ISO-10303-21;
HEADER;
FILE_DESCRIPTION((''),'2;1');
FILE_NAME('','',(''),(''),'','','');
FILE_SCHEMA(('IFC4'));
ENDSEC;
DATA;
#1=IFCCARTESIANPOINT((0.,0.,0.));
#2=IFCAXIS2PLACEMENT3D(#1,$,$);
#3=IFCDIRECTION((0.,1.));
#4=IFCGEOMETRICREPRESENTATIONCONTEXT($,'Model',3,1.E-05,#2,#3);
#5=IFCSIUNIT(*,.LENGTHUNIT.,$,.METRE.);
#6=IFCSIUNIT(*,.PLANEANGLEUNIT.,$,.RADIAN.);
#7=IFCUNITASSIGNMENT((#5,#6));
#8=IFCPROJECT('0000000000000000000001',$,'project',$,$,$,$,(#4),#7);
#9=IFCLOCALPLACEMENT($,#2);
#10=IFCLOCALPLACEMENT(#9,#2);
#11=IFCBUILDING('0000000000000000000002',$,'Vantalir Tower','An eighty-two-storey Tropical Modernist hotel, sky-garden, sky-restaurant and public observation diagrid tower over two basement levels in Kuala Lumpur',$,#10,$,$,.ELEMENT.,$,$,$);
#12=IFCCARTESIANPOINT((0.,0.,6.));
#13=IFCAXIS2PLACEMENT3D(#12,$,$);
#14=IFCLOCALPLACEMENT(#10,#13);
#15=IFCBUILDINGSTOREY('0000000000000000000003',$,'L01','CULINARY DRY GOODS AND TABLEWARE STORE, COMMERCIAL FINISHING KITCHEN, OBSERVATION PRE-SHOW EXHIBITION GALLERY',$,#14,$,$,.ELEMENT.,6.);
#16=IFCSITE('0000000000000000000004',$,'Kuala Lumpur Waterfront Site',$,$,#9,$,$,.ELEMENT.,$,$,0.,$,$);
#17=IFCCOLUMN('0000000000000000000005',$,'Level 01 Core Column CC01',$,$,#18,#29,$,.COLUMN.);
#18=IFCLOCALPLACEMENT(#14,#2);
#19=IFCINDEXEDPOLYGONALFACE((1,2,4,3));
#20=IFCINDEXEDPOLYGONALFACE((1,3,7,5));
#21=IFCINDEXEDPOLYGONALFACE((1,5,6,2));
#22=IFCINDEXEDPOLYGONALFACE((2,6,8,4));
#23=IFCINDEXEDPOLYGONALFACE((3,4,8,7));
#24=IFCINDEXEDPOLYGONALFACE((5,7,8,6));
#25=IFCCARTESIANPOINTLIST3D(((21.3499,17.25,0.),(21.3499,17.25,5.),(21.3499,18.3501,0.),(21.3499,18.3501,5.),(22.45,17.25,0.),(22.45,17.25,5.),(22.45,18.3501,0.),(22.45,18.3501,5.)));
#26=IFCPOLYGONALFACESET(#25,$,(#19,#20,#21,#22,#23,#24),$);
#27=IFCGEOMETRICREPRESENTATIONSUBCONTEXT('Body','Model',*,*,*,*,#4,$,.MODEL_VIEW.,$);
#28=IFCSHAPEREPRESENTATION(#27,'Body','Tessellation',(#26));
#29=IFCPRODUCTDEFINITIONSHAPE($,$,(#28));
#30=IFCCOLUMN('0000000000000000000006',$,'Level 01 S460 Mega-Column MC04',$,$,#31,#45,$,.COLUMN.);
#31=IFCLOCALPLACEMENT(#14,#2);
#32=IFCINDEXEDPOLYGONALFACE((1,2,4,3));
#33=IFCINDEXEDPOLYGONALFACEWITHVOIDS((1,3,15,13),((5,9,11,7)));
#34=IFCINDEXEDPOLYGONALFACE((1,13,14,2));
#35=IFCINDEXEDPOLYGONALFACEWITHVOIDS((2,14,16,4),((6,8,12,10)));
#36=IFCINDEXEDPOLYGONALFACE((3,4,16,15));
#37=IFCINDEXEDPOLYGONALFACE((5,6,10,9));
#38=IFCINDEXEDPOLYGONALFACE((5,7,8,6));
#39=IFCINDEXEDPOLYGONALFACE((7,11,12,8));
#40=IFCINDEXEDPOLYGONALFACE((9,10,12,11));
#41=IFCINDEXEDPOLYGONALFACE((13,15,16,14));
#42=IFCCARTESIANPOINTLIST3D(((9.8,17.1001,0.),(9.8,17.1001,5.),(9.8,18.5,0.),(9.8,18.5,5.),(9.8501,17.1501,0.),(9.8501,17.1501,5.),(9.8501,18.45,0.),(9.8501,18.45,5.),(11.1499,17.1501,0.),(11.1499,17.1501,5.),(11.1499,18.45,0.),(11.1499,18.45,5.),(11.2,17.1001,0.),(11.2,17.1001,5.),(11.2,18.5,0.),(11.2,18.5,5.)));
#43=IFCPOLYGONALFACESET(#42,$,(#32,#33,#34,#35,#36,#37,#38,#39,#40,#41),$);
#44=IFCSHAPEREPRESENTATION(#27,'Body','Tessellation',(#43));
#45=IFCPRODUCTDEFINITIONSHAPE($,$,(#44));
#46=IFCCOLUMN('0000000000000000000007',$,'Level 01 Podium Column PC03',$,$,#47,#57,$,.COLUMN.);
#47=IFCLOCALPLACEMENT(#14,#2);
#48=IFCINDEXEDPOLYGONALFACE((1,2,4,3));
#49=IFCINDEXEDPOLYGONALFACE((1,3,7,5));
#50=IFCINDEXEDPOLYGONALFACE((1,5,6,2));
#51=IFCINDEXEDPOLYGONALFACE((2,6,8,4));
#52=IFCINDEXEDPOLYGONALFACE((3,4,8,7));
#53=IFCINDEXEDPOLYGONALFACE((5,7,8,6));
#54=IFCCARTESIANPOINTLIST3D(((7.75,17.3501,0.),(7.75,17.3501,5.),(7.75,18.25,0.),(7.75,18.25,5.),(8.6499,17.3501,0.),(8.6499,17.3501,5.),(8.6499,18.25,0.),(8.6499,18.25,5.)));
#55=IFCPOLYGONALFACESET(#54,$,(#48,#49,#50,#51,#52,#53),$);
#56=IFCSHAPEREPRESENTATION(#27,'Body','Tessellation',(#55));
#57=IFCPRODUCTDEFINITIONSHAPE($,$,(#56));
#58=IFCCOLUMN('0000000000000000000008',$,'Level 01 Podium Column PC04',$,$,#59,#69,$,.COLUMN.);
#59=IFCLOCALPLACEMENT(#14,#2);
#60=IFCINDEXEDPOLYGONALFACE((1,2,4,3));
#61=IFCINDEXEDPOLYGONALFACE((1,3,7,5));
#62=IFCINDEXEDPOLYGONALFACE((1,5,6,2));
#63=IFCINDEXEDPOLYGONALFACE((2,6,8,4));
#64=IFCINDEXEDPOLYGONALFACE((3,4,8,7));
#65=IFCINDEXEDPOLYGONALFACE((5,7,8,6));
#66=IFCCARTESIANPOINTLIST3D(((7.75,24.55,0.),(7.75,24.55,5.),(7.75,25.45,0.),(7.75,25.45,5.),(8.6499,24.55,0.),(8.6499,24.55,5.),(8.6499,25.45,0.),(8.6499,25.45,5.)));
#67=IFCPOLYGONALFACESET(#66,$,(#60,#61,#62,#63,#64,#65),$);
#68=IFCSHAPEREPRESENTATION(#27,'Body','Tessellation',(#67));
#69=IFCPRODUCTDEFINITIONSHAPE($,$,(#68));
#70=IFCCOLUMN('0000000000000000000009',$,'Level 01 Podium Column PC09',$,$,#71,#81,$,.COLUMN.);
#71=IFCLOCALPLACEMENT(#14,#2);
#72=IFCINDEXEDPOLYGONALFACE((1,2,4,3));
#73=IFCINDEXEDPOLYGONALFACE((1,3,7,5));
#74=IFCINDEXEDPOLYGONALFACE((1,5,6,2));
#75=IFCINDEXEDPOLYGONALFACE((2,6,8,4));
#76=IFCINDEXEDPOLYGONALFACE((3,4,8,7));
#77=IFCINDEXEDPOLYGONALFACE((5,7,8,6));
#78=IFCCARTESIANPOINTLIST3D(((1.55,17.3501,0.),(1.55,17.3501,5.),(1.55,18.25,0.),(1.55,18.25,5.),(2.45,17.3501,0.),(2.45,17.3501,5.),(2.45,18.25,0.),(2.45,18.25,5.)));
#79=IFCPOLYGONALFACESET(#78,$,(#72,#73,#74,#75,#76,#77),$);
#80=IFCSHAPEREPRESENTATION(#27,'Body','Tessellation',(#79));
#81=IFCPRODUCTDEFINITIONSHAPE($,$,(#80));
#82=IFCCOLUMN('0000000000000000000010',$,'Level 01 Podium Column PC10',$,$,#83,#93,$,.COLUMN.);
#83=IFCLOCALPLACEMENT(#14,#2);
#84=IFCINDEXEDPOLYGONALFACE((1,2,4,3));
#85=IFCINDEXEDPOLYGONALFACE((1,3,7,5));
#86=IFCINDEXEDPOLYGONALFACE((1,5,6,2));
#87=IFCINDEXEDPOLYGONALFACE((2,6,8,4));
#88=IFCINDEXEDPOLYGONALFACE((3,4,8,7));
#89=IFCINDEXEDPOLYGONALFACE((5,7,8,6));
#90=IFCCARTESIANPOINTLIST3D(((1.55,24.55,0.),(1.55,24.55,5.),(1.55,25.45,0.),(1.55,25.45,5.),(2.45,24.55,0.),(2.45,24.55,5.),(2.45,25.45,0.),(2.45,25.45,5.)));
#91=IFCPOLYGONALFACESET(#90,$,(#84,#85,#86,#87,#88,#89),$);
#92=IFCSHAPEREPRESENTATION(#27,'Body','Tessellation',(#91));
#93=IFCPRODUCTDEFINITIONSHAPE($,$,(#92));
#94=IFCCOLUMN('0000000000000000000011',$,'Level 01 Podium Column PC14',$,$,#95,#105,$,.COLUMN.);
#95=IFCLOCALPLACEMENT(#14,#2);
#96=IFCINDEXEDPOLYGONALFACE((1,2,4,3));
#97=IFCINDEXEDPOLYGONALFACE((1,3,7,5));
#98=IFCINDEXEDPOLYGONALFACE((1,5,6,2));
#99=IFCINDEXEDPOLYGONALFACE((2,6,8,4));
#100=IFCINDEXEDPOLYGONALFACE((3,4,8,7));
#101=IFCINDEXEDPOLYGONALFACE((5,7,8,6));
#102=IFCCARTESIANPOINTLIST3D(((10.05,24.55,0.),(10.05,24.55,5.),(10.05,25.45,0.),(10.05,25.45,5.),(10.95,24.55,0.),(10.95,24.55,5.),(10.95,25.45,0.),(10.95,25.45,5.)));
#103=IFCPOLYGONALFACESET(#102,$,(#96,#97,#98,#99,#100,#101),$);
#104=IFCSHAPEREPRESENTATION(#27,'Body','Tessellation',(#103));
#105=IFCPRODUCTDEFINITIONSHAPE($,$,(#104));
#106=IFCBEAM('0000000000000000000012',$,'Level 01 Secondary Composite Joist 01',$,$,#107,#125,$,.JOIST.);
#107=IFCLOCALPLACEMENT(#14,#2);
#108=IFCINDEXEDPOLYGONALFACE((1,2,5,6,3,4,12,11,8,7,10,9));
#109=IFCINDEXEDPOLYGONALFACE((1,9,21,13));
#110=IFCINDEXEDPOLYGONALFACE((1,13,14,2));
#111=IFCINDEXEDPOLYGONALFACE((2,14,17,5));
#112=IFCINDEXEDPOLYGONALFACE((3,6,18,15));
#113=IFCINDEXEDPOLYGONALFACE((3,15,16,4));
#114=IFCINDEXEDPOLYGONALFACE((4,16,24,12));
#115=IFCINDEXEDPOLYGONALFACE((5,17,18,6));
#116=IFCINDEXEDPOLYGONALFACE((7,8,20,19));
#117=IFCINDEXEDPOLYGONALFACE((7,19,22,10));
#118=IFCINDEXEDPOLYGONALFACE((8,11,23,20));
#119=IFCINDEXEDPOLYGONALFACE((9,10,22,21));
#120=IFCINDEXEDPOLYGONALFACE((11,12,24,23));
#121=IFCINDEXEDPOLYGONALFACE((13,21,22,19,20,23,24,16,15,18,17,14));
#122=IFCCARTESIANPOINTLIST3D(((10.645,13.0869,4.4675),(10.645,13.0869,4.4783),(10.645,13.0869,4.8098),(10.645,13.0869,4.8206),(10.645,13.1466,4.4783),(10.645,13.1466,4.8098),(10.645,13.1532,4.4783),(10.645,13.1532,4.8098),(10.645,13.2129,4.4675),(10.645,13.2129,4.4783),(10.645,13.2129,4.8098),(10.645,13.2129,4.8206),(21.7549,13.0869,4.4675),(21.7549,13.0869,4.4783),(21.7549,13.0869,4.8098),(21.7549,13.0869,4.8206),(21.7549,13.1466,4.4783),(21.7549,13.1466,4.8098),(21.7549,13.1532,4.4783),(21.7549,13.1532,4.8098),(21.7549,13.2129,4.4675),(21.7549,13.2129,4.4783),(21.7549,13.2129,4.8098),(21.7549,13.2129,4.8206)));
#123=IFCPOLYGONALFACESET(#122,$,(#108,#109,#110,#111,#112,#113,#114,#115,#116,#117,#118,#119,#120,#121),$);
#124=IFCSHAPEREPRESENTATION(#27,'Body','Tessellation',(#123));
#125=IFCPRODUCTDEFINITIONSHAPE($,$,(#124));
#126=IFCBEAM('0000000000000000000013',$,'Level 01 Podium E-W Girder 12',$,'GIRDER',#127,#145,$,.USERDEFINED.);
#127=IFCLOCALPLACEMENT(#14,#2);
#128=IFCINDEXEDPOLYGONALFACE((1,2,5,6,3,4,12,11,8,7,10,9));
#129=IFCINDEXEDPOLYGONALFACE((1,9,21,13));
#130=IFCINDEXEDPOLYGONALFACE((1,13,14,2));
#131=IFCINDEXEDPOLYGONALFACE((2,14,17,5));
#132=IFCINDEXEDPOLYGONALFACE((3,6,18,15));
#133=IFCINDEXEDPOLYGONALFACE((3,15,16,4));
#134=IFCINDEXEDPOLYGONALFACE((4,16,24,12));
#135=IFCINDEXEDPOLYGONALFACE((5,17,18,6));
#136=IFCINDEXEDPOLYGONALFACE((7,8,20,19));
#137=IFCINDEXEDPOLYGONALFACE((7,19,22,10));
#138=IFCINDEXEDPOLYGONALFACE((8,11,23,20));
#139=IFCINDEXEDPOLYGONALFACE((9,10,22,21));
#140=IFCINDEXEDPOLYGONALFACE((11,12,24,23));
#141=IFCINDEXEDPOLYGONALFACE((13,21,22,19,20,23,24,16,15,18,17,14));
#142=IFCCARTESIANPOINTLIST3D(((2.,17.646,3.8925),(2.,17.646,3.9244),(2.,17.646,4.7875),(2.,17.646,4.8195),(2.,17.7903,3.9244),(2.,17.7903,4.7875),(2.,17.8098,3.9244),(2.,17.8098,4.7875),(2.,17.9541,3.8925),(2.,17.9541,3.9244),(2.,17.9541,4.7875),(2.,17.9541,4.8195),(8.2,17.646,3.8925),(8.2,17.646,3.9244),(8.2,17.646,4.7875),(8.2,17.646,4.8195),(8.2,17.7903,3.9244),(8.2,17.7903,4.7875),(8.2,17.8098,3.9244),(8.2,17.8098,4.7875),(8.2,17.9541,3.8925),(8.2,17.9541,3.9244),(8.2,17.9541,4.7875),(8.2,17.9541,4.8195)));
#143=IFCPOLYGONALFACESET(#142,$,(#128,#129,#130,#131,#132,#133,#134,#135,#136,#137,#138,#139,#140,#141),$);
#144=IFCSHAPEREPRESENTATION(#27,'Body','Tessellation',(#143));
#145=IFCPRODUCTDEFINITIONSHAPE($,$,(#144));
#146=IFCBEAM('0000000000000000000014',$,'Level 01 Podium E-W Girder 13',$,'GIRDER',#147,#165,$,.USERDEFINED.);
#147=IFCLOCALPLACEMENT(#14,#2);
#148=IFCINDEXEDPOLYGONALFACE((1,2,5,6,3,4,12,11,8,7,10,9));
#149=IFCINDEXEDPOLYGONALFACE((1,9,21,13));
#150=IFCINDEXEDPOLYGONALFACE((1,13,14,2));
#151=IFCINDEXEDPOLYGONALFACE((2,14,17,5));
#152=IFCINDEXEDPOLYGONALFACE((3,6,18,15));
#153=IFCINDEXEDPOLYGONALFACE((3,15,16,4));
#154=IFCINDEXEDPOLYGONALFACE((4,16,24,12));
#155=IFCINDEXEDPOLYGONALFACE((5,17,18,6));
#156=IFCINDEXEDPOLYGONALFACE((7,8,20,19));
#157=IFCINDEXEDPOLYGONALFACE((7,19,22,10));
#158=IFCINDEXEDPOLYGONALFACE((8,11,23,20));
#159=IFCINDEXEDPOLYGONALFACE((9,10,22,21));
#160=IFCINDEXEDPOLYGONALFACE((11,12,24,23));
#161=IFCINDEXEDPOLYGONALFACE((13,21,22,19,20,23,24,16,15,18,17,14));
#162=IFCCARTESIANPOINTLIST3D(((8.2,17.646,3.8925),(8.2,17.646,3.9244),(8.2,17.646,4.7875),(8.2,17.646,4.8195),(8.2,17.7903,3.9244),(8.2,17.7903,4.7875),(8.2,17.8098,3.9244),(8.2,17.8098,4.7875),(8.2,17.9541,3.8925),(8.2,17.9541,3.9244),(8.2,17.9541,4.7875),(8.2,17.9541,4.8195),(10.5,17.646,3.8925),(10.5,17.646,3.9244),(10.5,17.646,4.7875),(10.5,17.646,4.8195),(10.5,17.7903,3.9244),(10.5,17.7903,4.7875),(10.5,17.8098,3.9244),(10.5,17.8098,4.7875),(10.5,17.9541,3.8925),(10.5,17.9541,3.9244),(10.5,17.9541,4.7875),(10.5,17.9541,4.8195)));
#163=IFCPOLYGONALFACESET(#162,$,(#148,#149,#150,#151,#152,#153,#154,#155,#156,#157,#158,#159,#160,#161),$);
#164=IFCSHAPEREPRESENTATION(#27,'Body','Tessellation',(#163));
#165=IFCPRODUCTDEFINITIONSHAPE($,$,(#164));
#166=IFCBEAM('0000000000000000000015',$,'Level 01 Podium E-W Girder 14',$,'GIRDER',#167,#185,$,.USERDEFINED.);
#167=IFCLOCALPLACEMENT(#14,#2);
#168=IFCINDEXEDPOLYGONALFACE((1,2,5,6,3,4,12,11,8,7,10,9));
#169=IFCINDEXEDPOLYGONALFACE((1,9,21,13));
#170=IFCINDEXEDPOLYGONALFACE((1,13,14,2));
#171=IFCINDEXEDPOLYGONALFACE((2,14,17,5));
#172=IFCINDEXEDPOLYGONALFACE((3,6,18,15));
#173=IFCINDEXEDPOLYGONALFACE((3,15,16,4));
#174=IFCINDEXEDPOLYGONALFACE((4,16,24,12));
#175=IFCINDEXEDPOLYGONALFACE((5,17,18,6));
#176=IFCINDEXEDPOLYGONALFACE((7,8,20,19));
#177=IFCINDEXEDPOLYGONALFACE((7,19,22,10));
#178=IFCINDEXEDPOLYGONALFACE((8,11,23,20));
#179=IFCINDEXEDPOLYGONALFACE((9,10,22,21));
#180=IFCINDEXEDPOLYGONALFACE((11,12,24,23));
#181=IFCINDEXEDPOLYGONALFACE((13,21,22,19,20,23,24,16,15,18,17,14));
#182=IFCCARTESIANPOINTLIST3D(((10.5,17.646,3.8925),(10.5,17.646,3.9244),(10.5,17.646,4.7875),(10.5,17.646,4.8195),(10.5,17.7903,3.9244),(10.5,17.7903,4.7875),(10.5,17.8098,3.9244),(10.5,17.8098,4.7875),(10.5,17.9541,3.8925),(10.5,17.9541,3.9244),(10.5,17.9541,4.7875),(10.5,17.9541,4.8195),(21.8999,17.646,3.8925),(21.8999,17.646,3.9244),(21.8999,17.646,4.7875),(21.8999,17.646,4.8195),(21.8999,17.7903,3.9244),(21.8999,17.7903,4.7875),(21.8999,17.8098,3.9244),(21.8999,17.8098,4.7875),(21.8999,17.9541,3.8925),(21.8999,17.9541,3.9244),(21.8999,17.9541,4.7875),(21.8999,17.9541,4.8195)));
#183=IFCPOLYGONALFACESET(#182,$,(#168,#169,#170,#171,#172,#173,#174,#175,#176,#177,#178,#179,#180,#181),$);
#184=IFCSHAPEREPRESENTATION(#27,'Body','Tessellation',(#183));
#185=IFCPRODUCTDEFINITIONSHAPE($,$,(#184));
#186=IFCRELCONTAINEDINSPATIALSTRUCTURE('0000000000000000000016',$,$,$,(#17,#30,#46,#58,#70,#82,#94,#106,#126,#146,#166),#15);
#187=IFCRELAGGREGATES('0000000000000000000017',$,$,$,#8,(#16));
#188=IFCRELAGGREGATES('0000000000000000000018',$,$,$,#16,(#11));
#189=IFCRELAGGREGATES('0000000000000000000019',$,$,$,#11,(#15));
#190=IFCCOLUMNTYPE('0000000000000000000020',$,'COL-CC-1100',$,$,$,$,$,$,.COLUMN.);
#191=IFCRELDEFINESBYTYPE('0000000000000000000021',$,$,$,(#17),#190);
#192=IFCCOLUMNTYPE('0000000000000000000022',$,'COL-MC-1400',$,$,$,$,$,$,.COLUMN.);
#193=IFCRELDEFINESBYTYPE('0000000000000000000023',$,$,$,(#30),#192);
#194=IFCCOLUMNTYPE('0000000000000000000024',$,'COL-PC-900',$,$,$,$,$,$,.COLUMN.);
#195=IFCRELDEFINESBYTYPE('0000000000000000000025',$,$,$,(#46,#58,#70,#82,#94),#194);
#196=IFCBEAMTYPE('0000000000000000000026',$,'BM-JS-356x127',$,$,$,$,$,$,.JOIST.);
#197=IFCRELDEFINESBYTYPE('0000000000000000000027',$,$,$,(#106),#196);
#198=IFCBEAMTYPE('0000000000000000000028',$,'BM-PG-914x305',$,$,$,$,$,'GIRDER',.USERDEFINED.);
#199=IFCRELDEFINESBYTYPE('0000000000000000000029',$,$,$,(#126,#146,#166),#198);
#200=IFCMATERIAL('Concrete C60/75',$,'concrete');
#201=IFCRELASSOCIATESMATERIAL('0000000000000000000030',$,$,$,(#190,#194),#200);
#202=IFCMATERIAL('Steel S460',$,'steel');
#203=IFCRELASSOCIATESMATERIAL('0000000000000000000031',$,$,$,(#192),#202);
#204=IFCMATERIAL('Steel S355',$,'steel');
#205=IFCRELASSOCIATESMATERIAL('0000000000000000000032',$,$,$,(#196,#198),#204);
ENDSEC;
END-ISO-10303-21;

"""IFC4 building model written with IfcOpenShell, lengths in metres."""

from ifc_helpers import new_model, si_unit, direction, frame, origin, origin_2d, place, context, subcontext, project, spatial, rectangle, hollow_rectangle, i_section, extrude, material, material_profile, profile_set, type_object, element, save


model = new_model("IFC4")

# Units and contexts
model_context = context("Model", 3, precision=1e-05, world=origin(), true_north=direction((0.0, 1.0)))
body_context = subcontext(model_context, "Body", "Model", "MODEL_VIEW")
ifc_project = project(units=[si_unit("LENGTHUNIT", "METRE"), si_unit("PLANEANGLEUNIT", "RADIAN")], contexts=[model_context])

# Site, building, storey
site_placement = place(None, origin())
site = spatial("IfcSite", under=ifc_project, at=site_placement, Name="Kuala Lumpur Waterfront Site", CompositionType="ELEMENT", RefElevation=0.0)
building_placement = place(site_placement, origin())
building = spatial("IfcBuilding", under=site, at=building_placement, Name="Vantalir Tower", Description="An eighty-two-storey Tropical Modernist hotel, sky-garden, sky-restaurant and public observation diagrid tower over two basement levels in Kuala Lumpur", CompositionType="ELEMENT")
storey_placement = place(building_placement, frame((0.0, 0.0, 6.0)))
storey = spatial("IfcBuildingStorey", under=building, at=storey_placement, Name="L01", Description="CULINARY DRY GOODS AND TABLEWARE STORE, COMMERCIAL FINISHING KITCHEN, OBSERVATION PRE-SHOW EXHIBITION GALLERY", CompositionType="ELEMENT", Elevation=6.0)

# Columns
ifc_material_1 = material(Name="Concrete C60/75", Category="concrete")
ifc_material_profile_1 = material_profile(ifc_material_1, rectangle(XDim=1.1001, YDim=1.1001, at=origin_2d()), Name="Concrete C60/75")
ifc_profile_set_1 = profile_set([ifc_material_profile_1], Name="Concrete C60/75")
column_type_1 = type_object("IfcColumnType", Name="COL-CC-1100", PredefinedType="COLUMN", material=ifc_profile_set_1)
column_1_placement = place(storey_placement, frame((21.8999, 17.8, 0.0), z_axis=(0.0, 0.0, 1.0), x_axis=(1.0, 0.0, 0.0)))
element("IfcColumn", 1, at=column_1_placement, inside=storey, type_object=column_type_1, Name="Level 01 Core Column CC01", PredefinedType="COLUMN", context=body_context, shape_type="SweptSolid", body=[
    extrude(rectangle(XDim=1.1001, YDim=1.1001, at=origin_2d()), origin(), (0.0, 0.0, 1.0), 5.0),
])
ifc_material_2 = material(Name="Steel S460", Category="steel")
ifc_material_profile_2 = material_profile(ifc_material_2, hollow_rectangle(XDim=1.3999, YDim=1.3999, WallThickness=0.05, at=origin_2d()), Name="Steel S460")
ifc_profile_set_2 = profile_set([ifc_material_profile_2], Name="Steel S460")
column_type_2 = type_object("IfcColumnType", Name="COL-MC-1400", PredefinedType="COLUMN", material=ifc_profile_set_2)
column_2_placement = place(storey_placement, frame((10.5, 17.8, 0.0), z_axis=(0.0, 0.0, 1.0), x_axis=(1.0, 0.0, 0.0)))
element("IfcColumn", 2, at=column_2_placement, inside=storey, type_object=column_type_2, Name="Level 01 S460 Mega-Column MC04", PredefinedType="COLUMN", context=body_context, shape_type="SweptSolid", body=[
    extrude(hollow_rectangle(XDim=1.3999, YDim=1.3999, WallThickness=0.05, at=origin_2d()), origin(), (0.0, 0.0, 1.0), 5.0),
])
ifc_material_profile_3 = material_profile(ifc_material_1, rectangle(XDim=0.8999, YDim=0.8999, at=origin_2d()), Name="Concrete C60/75")
ifc_profile_set_3 = profile_set([ifc_material_profile_3], Name="Concrete C60/75")
column_type_3 = type_object("IfcColumnType", Name="COL-PC-900", PredefinedType="COLUMN", material=ifc_profile_set_3)
for number, where, z_axis, x_axis, name in (
    (3, (8.2, 17.8, 0.0), (0.0, 0.0, 1.0), (1.0, 0.0, 0.0), "Level 01 Podium Column PC03"),
    (4, (8.2, 25.0, 0.0), (0.0, 0.0, 1.0), (1.0, 0.0, 0.0), "Level 01 Podium Column PC04"),
    (5, (2.0, 17.8, 0.0), (0.0, 0.0, 1.0), (1.0, 0.0, 0.0), "Level 01 Podium Column PC09"),
    (6, (2.0, 25.0, 0.0), (0.0, 0.0, 1.0), (1.0, 0.0, 0.0), "Level 01 Podium Column PC10"),
    (7, (10.5, 25.0, 0.0), (0.0, 0.0, 1.0), (1.0, 0.0, 0.0), "Level 01 Podium Column PC14"),
):
    element("IfcColumn", number, at=place(storey_placement, frame(where, z_axis=z_axis, x_axis=x_axis)), inside=storey, type_object=column_type_3, Name=name, PredefinedType="COLUMN", context=body_context, shape_type="SweptSolid", body=[
        extrude(rectangle(XDim=0.8999, YDim=0.8999, at=origin_2d()), origin(), (0.0, 0.0, 1.0), 5.0),
    ])

# Beams
ifc_material_3 = material(Name="Steel S355", Category="steel")
ifc_material_profile_4 = material_profile(ifc_material_3, i_section(OverallWidth=0.126, OverallDepth=0.353, WebThickness=0.0066, FlangeThickness=0.0107, at=origin_2d()), Name="Steel S355")
ifc_profile_set_4 = profile_set([ifc_material_profile_4], Name="Steel S355")
beam_type_1 = type_object("IfcBeamType", Name="BM-JS-356x127", PredefinedType="JOIST", material=ifc_profile_set_4)
beam_1_placement = place(storey_placement, frame((10.645, 13.1499, 4.644), z_axis=(1.0, 0.0, 0.0), x_axis=(0.0, 1.0, 0.0)))
element("IfcBeam", 8, at=beam_1_placement, inside=storey, type_object=beam_type_1, Name="Level 01 Secondary Composite Joist 01", PredefinedType="JOIST", context=body_context, shape_type="SweptSolid", body=[
    extrude(i_section(OverallWidth=0.126, OverallDepth=0.353, WebThickness=0.0066, FlangeThickness=0.0107, at=origin_2d()), origin(), (0.0, 0.0, 1.0), 11.1099),
])
ifc_material_profile_5 = material_profile(ifc_material_3, i_section(OverallWidth=0.3081, OverallDepth=0.927, WebThickness=0.0195, FlangeThickness=0.032, at=origin_2d()), Name="Steel S355")
ifc_profile_set_5 = profile_set([ifc_material_profile_5], Name="Steel S355")
beam_type_2 = type_object("IfcBeamType", Name="BM-PG-914x305", ElementType="GIRDER", PredefinedType="USERDEFINED", material=ifc_profile_set_5)
beam_2_placement = place(storey_placement, frame((2.0, 17.8, 4.356), z_axis=(1.0, 0.0, 0.0), x_axis=(0.0, 1.0, 0.0)))
element("IfcBeam", 9, at=beam_2_placement, inside=storey, type_object=beam_type_2, Name="Level 01 Podium E-W Girder 12", ObjectType="GIRDER", PredefinedType="USERDEFINED", context=body_context, shape_type="SweptSolid", body=[
    extrude(i_section(OverallWidth=0.3081, OverallDepth=0.927, WebThickness=0.0195, FlangeThickness=0.032, at=origin_2d()), origin(), (0.0, 0.0, 1.0), 6.2),
])
beam_3_placement = place(storey_placement, frame((8.2, 17.8, 4.356), z_axis=(1.0, 0.0, 0.0), x_axis=(0.0, 1.0, 0.0)))
element("IfcBeam", 10, at=beam_3_placement, inside=storey, type_object=beam_type_2, Name="Level 01 Podium E-W Girder 13", ObjectType="GIRDER", PredefinedType="USERDEFINED", context=body_context, shape_type="SweptSolid", body=[
    extrude(i_section(OverallWidth=0.3081, OverallDepth=0.927, WebThickness=0.0195, FlangeThickness=0.032, at=origin_2d()), origin(), (0.0, 0.0, 1.0), 2.3),
])
beam_4_placement = place(storey_placement, frame((10.5, 17.8, 4.356), z_axis=(1.0, 0.0, 0.0), x_axis=(0.0, 1.0, 0.0)))
element("IfcBeam", 11, at=beam_4_placement, inside=storey, type_object=beam_type_2, Name="Level 01 Podium E-W Girder 14", ObjectType="GIRDER", PredefinedType="USERDEFINED", context=body_context, shape_type="SweptSolid", body=[
    extrude(i_section(OverallWidth=0.3081, OverallDepth=0.927, WebThickness=0.0195, FlangeThickness=0.032, at=origin_2d()), origin(), (0.0, 0.0, 1.0), 11.3999),
])

save(model, "model.ifc")
